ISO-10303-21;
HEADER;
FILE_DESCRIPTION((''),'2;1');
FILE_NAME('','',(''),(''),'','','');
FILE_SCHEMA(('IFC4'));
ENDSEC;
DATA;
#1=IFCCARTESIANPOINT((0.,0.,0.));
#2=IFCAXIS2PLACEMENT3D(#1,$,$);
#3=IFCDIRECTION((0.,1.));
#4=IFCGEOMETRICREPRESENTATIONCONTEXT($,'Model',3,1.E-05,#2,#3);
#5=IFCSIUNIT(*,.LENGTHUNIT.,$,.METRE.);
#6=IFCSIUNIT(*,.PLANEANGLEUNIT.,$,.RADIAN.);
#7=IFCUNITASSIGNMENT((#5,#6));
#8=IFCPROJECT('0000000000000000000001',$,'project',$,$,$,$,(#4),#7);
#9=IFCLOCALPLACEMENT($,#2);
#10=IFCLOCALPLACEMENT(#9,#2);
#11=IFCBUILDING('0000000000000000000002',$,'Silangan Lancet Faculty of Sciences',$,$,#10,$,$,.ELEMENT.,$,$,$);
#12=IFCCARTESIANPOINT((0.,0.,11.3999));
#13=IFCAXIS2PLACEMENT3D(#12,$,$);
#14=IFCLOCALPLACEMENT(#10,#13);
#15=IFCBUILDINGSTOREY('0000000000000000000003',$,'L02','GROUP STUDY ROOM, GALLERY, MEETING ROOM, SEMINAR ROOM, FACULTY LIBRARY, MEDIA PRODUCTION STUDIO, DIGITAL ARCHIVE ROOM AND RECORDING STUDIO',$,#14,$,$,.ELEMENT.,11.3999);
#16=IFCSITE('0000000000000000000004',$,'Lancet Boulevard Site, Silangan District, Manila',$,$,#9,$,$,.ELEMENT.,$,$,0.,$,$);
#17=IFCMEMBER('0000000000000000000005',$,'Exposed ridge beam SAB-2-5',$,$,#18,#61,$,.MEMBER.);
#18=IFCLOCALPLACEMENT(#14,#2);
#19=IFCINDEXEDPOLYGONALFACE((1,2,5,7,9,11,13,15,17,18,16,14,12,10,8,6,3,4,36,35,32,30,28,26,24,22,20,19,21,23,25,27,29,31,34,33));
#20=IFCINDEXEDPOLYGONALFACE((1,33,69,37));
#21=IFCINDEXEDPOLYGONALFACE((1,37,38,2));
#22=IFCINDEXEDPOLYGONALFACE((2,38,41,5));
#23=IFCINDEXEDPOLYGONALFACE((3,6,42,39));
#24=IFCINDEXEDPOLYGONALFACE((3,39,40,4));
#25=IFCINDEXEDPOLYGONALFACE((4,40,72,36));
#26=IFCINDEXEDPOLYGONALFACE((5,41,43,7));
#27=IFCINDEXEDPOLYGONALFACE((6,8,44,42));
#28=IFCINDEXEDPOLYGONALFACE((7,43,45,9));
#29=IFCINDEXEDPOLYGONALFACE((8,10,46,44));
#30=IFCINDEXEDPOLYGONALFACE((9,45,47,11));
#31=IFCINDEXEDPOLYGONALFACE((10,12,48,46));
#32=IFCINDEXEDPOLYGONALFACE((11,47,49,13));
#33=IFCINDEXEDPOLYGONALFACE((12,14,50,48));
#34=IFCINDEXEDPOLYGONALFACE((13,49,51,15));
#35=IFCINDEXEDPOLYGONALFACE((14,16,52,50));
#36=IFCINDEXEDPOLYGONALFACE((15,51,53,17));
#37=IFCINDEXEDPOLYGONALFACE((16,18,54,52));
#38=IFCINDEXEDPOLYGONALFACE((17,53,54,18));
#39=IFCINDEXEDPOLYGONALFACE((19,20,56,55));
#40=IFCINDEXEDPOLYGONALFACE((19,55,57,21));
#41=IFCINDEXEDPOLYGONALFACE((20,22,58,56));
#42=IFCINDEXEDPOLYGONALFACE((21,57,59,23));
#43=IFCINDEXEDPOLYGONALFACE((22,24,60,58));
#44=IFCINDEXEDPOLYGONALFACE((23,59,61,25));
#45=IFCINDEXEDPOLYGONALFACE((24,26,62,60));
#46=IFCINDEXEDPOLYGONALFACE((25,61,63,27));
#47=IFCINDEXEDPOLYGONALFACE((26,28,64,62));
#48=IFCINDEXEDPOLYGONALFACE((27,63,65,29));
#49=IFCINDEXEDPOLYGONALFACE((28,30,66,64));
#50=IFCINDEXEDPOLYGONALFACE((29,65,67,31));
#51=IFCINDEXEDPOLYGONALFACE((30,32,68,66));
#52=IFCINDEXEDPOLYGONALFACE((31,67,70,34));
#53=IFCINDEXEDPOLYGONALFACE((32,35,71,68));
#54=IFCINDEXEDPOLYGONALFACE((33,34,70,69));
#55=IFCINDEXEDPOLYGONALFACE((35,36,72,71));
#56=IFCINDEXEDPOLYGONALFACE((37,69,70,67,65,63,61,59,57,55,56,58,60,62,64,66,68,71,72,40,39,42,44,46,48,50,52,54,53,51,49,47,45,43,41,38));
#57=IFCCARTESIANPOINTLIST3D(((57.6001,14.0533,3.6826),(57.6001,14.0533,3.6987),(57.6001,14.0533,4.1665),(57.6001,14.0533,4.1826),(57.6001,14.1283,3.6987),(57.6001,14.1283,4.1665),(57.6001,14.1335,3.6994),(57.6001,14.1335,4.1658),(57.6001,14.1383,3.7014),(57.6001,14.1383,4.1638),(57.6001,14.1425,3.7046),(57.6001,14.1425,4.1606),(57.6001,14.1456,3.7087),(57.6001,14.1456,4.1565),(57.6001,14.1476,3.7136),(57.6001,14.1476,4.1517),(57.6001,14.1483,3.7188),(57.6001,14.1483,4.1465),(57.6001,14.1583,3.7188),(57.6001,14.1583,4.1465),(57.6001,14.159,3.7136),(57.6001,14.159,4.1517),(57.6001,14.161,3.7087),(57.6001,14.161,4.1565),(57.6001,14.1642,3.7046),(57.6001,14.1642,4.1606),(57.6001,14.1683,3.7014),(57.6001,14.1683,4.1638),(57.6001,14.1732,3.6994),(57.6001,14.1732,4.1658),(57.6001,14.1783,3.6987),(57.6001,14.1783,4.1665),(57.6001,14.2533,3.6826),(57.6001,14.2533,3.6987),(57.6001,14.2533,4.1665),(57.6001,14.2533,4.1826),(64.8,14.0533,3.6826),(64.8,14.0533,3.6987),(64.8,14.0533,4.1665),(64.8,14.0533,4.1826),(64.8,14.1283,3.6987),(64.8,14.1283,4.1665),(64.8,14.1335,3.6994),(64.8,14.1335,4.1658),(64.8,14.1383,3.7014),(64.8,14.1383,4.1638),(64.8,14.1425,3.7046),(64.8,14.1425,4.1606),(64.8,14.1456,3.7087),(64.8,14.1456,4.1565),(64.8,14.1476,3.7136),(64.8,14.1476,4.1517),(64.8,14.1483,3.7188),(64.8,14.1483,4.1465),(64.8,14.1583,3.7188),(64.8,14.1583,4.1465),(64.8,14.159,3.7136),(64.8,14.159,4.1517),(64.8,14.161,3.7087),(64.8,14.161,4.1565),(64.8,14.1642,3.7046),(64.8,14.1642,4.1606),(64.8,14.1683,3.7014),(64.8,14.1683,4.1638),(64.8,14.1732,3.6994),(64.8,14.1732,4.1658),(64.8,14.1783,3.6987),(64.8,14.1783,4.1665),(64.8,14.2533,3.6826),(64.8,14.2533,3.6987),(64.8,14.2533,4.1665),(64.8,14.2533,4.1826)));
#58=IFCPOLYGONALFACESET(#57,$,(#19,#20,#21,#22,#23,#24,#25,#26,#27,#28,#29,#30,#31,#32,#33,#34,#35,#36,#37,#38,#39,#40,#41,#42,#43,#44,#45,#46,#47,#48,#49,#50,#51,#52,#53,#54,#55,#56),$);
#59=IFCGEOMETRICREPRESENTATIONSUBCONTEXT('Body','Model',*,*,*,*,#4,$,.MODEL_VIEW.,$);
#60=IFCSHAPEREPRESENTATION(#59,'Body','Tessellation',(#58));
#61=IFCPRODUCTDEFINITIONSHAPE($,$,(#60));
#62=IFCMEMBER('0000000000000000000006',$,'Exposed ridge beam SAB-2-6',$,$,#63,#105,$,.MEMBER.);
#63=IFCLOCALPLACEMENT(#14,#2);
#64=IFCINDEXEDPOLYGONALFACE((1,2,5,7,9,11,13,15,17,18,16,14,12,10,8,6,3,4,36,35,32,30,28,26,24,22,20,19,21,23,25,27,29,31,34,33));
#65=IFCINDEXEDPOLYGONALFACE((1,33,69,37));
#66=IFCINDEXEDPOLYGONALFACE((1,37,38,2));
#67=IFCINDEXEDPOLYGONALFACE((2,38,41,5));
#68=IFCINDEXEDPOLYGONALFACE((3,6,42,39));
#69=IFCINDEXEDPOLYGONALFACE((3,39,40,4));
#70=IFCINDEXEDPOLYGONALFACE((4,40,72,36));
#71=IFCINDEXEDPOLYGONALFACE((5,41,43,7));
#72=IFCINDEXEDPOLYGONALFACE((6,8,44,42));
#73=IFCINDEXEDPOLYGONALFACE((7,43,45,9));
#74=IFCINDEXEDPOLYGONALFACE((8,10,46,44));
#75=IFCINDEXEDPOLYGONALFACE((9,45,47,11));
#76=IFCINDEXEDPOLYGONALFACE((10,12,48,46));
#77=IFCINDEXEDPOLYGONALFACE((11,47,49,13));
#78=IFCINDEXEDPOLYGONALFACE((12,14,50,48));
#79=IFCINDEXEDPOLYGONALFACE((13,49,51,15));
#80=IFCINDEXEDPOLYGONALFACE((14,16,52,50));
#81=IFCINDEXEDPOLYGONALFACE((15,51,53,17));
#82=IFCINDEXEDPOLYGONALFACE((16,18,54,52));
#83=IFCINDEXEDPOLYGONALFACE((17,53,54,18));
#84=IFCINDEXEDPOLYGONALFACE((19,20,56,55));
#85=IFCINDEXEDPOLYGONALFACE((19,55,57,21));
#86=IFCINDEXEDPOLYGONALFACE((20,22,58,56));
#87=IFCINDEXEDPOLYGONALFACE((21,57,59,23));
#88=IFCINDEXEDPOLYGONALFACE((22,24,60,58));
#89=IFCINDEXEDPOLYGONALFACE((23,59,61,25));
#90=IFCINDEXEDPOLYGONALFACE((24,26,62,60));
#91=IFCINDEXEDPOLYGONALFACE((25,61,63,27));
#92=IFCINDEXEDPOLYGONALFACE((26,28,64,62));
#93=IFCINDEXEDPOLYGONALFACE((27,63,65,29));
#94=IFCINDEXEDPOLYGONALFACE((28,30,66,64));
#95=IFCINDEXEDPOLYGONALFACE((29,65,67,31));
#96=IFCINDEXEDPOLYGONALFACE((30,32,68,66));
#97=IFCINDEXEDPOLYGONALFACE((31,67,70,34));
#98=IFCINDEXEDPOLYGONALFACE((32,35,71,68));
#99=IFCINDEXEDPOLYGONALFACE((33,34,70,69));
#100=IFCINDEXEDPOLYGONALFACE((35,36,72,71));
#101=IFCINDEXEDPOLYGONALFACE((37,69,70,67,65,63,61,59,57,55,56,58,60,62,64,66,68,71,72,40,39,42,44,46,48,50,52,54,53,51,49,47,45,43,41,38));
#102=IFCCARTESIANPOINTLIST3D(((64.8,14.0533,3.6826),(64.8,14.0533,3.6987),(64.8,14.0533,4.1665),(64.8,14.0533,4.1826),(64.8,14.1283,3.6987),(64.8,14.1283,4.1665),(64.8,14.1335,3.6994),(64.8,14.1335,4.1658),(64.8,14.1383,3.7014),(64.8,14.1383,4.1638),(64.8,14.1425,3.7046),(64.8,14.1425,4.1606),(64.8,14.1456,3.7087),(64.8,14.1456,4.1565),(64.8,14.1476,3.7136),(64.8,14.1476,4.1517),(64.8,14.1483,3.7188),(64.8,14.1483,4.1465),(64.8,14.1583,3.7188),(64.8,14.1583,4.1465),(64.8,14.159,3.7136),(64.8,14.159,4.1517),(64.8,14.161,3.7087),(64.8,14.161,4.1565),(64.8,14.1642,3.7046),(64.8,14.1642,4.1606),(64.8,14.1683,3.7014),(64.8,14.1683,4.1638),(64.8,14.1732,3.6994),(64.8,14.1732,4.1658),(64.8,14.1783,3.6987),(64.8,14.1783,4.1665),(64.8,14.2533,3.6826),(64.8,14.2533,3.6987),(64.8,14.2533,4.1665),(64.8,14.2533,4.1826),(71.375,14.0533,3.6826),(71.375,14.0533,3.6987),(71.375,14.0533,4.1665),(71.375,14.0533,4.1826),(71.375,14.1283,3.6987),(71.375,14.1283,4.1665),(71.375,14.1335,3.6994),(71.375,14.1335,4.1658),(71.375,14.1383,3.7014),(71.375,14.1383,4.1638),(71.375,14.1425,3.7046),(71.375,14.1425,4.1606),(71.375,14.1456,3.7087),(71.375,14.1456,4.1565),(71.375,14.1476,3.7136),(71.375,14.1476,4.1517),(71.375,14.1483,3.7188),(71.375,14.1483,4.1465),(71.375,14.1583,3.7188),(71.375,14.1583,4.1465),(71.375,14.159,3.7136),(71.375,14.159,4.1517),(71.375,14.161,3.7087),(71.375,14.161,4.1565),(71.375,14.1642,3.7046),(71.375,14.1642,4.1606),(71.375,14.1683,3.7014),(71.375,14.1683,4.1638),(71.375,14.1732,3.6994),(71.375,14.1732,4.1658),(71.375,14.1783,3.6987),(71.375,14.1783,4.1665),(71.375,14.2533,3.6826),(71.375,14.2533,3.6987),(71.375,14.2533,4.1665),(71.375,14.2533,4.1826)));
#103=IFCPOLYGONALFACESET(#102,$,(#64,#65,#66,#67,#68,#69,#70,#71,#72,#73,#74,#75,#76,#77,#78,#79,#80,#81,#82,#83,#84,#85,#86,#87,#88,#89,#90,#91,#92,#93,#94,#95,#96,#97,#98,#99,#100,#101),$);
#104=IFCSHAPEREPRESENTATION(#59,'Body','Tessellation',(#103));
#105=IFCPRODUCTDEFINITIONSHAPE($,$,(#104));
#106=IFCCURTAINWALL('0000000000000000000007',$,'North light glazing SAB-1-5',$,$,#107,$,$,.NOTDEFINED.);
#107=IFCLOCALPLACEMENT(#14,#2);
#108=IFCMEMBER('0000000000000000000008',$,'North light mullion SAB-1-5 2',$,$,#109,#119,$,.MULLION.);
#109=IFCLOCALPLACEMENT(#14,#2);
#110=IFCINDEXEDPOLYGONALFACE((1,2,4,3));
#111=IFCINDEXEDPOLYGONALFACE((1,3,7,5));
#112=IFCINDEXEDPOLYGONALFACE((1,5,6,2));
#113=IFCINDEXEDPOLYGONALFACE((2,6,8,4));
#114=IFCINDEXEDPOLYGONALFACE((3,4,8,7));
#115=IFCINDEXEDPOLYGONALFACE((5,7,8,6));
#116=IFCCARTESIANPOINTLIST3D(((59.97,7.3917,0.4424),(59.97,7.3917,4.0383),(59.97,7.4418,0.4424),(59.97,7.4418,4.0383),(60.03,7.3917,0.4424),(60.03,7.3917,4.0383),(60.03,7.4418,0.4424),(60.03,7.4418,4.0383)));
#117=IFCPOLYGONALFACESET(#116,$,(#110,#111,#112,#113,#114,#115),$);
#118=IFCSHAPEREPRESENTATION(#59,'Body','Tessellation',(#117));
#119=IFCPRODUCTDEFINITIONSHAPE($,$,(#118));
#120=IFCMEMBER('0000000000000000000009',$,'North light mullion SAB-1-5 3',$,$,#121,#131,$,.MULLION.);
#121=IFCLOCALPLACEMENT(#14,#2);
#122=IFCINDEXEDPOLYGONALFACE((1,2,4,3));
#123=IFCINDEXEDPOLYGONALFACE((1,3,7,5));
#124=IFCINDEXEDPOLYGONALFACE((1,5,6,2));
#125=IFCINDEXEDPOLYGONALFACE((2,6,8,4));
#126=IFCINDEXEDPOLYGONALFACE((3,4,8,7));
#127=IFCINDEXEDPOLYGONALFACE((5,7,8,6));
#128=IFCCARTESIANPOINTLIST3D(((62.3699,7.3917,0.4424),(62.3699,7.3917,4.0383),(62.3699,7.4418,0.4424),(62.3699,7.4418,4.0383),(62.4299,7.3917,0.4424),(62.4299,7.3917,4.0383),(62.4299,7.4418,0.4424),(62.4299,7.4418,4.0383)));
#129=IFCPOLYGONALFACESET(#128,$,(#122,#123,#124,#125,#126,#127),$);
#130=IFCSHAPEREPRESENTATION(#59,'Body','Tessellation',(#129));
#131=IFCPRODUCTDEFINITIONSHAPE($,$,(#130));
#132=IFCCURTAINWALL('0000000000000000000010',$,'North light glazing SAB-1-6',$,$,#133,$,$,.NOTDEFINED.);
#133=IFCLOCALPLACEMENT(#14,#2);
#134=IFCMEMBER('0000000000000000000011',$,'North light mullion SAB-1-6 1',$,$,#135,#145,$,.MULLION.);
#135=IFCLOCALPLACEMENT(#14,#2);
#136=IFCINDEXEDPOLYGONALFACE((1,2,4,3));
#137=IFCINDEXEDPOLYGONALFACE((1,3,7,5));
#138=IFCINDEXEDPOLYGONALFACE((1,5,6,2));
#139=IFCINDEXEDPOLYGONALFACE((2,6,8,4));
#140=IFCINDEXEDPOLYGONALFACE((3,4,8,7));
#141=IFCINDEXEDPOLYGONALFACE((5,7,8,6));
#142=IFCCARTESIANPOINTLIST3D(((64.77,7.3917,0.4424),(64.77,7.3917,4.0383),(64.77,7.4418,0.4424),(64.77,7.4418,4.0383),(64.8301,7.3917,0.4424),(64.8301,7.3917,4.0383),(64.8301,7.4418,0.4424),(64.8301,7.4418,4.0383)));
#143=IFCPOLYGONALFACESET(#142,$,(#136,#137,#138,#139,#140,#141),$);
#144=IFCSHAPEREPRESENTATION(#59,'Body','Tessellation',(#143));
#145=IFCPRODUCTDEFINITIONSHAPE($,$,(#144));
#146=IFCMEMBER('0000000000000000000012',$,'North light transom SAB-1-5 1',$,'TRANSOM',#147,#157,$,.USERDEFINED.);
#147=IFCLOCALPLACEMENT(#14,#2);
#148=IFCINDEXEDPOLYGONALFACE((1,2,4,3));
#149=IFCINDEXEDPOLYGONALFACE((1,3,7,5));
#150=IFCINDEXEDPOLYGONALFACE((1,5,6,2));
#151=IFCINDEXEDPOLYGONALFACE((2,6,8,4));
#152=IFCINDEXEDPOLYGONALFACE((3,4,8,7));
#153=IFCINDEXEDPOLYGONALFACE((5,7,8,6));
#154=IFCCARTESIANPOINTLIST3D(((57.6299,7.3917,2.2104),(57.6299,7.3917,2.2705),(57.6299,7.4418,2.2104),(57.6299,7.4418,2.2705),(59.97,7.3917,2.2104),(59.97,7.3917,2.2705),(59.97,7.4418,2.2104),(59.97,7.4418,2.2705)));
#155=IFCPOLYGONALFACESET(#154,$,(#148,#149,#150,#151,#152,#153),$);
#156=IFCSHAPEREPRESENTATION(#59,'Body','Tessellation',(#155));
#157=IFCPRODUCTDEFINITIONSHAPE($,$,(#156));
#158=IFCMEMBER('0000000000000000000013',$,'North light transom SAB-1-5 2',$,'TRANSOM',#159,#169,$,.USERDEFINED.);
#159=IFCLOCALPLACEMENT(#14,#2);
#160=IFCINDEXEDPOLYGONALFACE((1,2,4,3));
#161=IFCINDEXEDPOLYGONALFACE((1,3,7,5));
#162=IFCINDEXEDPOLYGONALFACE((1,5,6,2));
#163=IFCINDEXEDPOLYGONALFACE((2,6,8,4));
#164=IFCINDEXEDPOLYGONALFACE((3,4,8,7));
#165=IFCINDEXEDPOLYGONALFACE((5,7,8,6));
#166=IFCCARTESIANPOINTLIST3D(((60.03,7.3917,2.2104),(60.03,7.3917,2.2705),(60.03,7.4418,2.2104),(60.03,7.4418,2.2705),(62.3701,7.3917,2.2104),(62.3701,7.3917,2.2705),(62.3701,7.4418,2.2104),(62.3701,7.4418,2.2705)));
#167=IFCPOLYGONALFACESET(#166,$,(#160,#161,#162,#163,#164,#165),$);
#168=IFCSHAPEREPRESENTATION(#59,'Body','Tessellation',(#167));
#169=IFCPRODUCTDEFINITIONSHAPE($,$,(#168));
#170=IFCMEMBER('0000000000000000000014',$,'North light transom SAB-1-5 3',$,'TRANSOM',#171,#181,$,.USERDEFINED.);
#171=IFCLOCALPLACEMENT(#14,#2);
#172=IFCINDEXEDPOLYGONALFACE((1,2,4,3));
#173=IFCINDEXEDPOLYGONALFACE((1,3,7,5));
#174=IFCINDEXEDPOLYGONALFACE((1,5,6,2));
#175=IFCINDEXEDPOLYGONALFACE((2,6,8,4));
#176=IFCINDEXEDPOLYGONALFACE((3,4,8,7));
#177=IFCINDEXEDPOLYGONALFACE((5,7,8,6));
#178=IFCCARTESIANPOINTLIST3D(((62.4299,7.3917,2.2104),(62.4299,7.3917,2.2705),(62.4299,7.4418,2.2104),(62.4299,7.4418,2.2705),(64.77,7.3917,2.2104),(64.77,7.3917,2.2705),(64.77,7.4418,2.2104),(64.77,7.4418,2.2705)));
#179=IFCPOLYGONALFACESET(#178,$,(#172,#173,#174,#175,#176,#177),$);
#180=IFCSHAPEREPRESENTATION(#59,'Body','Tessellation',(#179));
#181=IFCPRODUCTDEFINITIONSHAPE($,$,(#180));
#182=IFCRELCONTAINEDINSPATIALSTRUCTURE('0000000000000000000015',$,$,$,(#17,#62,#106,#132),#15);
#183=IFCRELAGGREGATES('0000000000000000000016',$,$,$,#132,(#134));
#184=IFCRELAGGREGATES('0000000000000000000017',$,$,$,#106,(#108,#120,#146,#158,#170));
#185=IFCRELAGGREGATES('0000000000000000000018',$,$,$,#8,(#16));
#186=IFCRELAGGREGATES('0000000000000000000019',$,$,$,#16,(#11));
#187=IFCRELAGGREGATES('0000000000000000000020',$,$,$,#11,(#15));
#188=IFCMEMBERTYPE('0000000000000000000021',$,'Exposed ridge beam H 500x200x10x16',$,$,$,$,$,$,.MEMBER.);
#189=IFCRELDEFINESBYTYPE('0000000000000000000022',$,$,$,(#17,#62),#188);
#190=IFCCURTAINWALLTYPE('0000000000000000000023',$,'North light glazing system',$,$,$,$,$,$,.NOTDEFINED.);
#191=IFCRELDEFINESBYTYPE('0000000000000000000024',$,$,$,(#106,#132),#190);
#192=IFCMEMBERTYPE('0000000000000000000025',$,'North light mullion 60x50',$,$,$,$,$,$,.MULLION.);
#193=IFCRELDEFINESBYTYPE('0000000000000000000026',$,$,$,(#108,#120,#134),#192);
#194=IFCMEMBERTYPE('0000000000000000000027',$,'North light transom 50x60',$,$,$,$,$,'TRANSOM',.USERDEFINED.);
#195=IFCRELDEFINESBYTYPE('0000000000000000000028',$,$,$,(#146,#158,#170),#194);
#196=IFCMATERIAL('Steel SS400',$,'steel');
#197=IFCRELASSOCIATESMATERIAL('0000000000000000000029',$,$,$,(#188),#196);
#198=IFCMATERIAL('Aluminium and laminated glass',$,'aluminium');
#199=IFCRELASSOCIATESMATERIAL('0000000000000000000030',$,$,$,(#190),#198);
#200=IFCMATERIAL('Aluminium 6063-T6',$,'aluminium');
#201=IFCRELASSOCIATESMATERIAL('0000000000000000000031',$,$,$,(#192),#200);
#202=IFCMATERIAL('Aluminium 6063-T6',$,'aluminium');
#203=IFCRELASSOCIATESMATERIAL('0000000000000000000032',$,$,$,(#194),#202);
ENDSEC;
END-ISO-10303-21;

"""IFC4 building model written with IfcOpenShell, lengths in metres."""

from ifc_helpers import new_model, si_unit, direction, frame, origin, origin_2d, place, context, subcontext, project, spatial, rectangle, i_section, extrude, material, material_profile, profile_set, type_object, element, aggregate, save


model = new_model("IFC4")

# Units and contexts
model_context = context("Model", 3, precision=1e-05, world=origin(), true_north=direction((0.0, 1.0)))
body_context = subcontext(model_context, "Body", "Model", "MODEL_VIEW")
ifc_project = project(units=[si_unit("LENGTHUNIT", "METRE"), si_unit("PLANEANGLEUNIT", "RADIAN")], contexts=[model_context])

# Site, building, storey
site_placement = place(None, origin())
site = spatial("IfcSite", under=ifc_project, at=site_placement, Name="Lancet Boulevard Site, Silangan District, Manila", CompositionType="ELEMENT", RefElevation=0.0)
building_placement = place(site_placement, origin())
building = spatial("IfcBuilding", under=site, at=building_placement, Name="Silangan Lancet Faculty of Sciences", CompositionType="ELEMENT")
storey_placement = place(building_placement, frame((0.0, 0.0, 11.3999)))
storey = spatial("IfcBuildingStorey", under=building, at=storey_placement, Name="L02", Description="GROUP STUDY ROOM, GALLERY, MEETING ROOM, SEMINAR ROOM, FACULTY LIBRARY, MEDIA PRODUCTION STUDIO, DIGITAL ARCHIVE ROOM AND RECORDING STUDIO", CompositionType="ELEMENT", Elevation=11.3999)

# Members
ifc_material_1 = material(Name="Steel SS400", Category="steel")
ifc_material_profile_1 = material_profile(ifc_material_1, i_section(OverallWidth=0.2, OverallDepth=0.5, WebThickness=0.01, FlangeThickness=0.0161, FilletRadius=0.02, at=origin_2d()), Name="H 500x200x10x16")
ifc_profile_set_1 = profile_set([ifc_material_profile_1], Name="Steel SS400")
member_type_1 = type_object("IfcMemberType", Name="Exposed ridge beam H 500x200x10x16", PredefinedType="MEMBER", material=ifc_profile_set_1)
member_1_placement = place(storey_placement, frame((57.6001, 14.1533, 3.9326), z_axis=(1.0, 0.0, 0.0), x_axis=(0.0, 1.0, 0.0)))
element("IfcMember", 1, at=member_1_placement, inside=storey, type_object=member_type_1, Name="Exposed ridge beam SAB-2-5", PredefinedType="MEMBER", context=body_context, shape_type="SweptSolid", body=[
    extrude(i_section(OverallWidth=0.2, OverallDepth=0.5, WebThickness=0.01, FlangeThickness=0.0161, FilletRadius=0.02, at=origin_2d()), origin(), (0.0, 0.0, 1.0), 7.2),
])
member_2_placement = place(storey_placement, frame((64.8, 14.1533, 3.9326), z_axis=(1.0, 0.0, 0.0), x_axis=(0.0, 1.0, 0.0)))
element("IfcMember", 2, at=member_2_placement, inside=storey, type_object=member_type_1, Name="Exposed ridge beam SAB-2-6", PredefinedType="MEMBER", context=body_context, shape_type="SweptSolid", body=[
    extrude(i_section(OverallWidth=0.2, OverallDepth=0.5, WebThickness=0.01, FlangeThickness=0.0161, FilletRadius=0.02, at=origin_2d()), origin(), (0.0, 0.0, 1.0), 6.575),
])

# Curtain wall, members
ifc_material_2 = material(Name="Aluminium and laminated glass", Category="aluminium")
curtain_wall_type = type_object("IfcCurtainWallType", Name="North light glazing system", PredefinedType="NOTDEFINED", material=ifc_material_2)
curtain_wall_1_placement = place(storey_placement, origin())
curtain_wall_1 = element("IfcCurtainWall", 3, at=curtain_wall_1_placement, inside=storey, type_object=curtain_wall_type, Name="North light glazing SAB-1-5", PredefinedType="NOTDEFINED")
ifc_material_3 = material(Name="Aluminium 6063-T6", Category="aluminium")
ifc_material_profile_2 = material_profile(ifc_material_3, rectangle(XDim=0.0601, YDim=0.05, at=origin_2d()), Name="AL 60x50")
ifc_profile_set_2 = profile_set([ifc_material_profile_2], Name="Aluminium 6063-T6")
member_type_2 = type_object("IfcMemberType", Name="North light mullion 60x50", PredefinedType="MULLION", material=ifc_profile_set_2)
member_3_placement = place(storey_placement, frame((60.0, 7.4167, 0.4424), z_axis=(0.0, 0.0, 1.0), x_axis=(1.0, 0.0, 0.0)))
member_3 = element("IfcMember", 4, at=member_3_placement, type_object=member_type_2, Name="North light mullion SAB-1-5 2", PredefinedType="MULLION", context=body_context, shape_type="SweptSolid", body=[
    extrude(rectangle(XDim=0.0601, YDim=0.05, at=origin_2d()), origin(), (0.0, 0.0, 1.0), 3.5959),
])
member_4_placement = place(storey_placement, frame((62.3999, 7.4167, 0.4424), z_axis=(0.0, 0.0, 1.0), x_axis=(1.0, 0.0, 0.0)))
member_4 = element("IfcMember", 5, at=member_4_placement, type_object=member_type_2, Name="North light mullion SAB-1-5 3", PredefinedType="MULLION", context=body_context, shape_type="SweptSolid", body=[
    extrude(rectangle(XDim=0.0601, YDim=0.05, at=origin_2d()), origin(), (0.0, 0.0, 1.0), 3.5959),
])

# Curtain wall, member
curtain_wall_2_placement = place(storey_placement, origin())
curtain_wall_2 = element("IfcCurtainWall", 6, at=curtain_wall_2_placement, inside=storey, type_object=curtain_wall_type, Name="North light glazing SAB-1-6", PredefinedType="NOTDEFINED")
member_5_placement = place(storey_placement, frame((64.8, 7.4167, 0.4424), z_axis=(0.0, 0.0, 1.0), x_axis=(1.0, 0.0, 0.0)))
member_5 = element("IfcMember", 7, at=member_5_placement, type_object=member_type_2, Name="North light mullion SAB-1-6 1", PredefinedType="MULLION", context=body_context, shape_type="SweptSolid", body=[
    extrude(rectangle(XDim=0.0601, YDim=0.05, at=origin_2d()), origin(), (0.0, 0.0, 1.0), 3.5959),
])
aggregate(curtain_wall_2, [member_5])

# Members
ifc_material_4 = material(Name="Aluminium 6063-T6", Category="aluminium")
ifc_material_profile_3 = material_profile(ifc_material_4, rectangle(XDim=0.05, YDim=0.0601, at=origin_2d()), Name="AL 50x60")
ifc_profile_set_3 = profile_set([ifc_material_profile_3], Name="Aluminium 6063-T6")
member_type_3 = type_object("IfcMemberType", Name="North light transom 50x60", ElementType="TRANSOM", PredefinedType="USERDEFINED", material=ifc_profile_set_3)
member_6_placement = place(storey_placement, frame((57.6299, 7.4167, 2.2405), z_axis=(1.0, 0.0, 0.0), x_axis=(0.0, 1.0, 0.0)))
member_6 = element("IfcMember", 8, at=member_6_placement, type_object=member_type_3, Name="North light transom SAB-1-5 1", ObjectType="TRANSOM", PredefinedType="USERDEFINED", context=body_context, shape_type="SweptSolid", body=[
    extrude(rectangle(XDim=0.05, YDim=0.0601, at=origin_2d()), origin(), (0.0, 0.0, 1.0), 2.3401),
])
member_7_placement = place(storey_placement, frame((60.03, 7.4167, 2.2405), z_axis=(1.0, 0.0, 0.0), x_axis=(0.0, 1.0, 0.0)))
member_7 = element("IfcMember", 9, at=member_7_placement, type_object=member_type_3, Name="North light transom SAB-1-5 2", ObjectType="TRANSOM", PredefinedType="USERDEFINED", context=body_context, shape_type="SweptSolid", body=[
    extrude(rectangle(XDim=0.05, YDim=0.0601, at=origin_2d()), origin(), (0.0, 0.0, 1.0), 2.3401),
])
member_8_placement = place(storey_placement, frame((62.4299, 7.4167, 2.2405), z_axis=(1.0, 0.0, 0.0), x_axis=(0.0, 1.0, 0.0)))
member_8 = element("IfcMember", 10, at=member_8_placement, type_object=member_type_3, Name="North light transom SAB-1-5 3", ObjectType="TRANSOM", PredefinedType="USERDEFINED", context=body_context, shape_type="SweptSolid", body=[
    extrude(rectangle(XDim=0.05, YDim=0.0601, at=origin_2d()), origin(), (0.0, 0.0, 1.0), 2.3401),
])

aggregate(curtain_wall_1, [member_3, member_4, member_6, member_7, member_8])

save(model, "model.ifc")
